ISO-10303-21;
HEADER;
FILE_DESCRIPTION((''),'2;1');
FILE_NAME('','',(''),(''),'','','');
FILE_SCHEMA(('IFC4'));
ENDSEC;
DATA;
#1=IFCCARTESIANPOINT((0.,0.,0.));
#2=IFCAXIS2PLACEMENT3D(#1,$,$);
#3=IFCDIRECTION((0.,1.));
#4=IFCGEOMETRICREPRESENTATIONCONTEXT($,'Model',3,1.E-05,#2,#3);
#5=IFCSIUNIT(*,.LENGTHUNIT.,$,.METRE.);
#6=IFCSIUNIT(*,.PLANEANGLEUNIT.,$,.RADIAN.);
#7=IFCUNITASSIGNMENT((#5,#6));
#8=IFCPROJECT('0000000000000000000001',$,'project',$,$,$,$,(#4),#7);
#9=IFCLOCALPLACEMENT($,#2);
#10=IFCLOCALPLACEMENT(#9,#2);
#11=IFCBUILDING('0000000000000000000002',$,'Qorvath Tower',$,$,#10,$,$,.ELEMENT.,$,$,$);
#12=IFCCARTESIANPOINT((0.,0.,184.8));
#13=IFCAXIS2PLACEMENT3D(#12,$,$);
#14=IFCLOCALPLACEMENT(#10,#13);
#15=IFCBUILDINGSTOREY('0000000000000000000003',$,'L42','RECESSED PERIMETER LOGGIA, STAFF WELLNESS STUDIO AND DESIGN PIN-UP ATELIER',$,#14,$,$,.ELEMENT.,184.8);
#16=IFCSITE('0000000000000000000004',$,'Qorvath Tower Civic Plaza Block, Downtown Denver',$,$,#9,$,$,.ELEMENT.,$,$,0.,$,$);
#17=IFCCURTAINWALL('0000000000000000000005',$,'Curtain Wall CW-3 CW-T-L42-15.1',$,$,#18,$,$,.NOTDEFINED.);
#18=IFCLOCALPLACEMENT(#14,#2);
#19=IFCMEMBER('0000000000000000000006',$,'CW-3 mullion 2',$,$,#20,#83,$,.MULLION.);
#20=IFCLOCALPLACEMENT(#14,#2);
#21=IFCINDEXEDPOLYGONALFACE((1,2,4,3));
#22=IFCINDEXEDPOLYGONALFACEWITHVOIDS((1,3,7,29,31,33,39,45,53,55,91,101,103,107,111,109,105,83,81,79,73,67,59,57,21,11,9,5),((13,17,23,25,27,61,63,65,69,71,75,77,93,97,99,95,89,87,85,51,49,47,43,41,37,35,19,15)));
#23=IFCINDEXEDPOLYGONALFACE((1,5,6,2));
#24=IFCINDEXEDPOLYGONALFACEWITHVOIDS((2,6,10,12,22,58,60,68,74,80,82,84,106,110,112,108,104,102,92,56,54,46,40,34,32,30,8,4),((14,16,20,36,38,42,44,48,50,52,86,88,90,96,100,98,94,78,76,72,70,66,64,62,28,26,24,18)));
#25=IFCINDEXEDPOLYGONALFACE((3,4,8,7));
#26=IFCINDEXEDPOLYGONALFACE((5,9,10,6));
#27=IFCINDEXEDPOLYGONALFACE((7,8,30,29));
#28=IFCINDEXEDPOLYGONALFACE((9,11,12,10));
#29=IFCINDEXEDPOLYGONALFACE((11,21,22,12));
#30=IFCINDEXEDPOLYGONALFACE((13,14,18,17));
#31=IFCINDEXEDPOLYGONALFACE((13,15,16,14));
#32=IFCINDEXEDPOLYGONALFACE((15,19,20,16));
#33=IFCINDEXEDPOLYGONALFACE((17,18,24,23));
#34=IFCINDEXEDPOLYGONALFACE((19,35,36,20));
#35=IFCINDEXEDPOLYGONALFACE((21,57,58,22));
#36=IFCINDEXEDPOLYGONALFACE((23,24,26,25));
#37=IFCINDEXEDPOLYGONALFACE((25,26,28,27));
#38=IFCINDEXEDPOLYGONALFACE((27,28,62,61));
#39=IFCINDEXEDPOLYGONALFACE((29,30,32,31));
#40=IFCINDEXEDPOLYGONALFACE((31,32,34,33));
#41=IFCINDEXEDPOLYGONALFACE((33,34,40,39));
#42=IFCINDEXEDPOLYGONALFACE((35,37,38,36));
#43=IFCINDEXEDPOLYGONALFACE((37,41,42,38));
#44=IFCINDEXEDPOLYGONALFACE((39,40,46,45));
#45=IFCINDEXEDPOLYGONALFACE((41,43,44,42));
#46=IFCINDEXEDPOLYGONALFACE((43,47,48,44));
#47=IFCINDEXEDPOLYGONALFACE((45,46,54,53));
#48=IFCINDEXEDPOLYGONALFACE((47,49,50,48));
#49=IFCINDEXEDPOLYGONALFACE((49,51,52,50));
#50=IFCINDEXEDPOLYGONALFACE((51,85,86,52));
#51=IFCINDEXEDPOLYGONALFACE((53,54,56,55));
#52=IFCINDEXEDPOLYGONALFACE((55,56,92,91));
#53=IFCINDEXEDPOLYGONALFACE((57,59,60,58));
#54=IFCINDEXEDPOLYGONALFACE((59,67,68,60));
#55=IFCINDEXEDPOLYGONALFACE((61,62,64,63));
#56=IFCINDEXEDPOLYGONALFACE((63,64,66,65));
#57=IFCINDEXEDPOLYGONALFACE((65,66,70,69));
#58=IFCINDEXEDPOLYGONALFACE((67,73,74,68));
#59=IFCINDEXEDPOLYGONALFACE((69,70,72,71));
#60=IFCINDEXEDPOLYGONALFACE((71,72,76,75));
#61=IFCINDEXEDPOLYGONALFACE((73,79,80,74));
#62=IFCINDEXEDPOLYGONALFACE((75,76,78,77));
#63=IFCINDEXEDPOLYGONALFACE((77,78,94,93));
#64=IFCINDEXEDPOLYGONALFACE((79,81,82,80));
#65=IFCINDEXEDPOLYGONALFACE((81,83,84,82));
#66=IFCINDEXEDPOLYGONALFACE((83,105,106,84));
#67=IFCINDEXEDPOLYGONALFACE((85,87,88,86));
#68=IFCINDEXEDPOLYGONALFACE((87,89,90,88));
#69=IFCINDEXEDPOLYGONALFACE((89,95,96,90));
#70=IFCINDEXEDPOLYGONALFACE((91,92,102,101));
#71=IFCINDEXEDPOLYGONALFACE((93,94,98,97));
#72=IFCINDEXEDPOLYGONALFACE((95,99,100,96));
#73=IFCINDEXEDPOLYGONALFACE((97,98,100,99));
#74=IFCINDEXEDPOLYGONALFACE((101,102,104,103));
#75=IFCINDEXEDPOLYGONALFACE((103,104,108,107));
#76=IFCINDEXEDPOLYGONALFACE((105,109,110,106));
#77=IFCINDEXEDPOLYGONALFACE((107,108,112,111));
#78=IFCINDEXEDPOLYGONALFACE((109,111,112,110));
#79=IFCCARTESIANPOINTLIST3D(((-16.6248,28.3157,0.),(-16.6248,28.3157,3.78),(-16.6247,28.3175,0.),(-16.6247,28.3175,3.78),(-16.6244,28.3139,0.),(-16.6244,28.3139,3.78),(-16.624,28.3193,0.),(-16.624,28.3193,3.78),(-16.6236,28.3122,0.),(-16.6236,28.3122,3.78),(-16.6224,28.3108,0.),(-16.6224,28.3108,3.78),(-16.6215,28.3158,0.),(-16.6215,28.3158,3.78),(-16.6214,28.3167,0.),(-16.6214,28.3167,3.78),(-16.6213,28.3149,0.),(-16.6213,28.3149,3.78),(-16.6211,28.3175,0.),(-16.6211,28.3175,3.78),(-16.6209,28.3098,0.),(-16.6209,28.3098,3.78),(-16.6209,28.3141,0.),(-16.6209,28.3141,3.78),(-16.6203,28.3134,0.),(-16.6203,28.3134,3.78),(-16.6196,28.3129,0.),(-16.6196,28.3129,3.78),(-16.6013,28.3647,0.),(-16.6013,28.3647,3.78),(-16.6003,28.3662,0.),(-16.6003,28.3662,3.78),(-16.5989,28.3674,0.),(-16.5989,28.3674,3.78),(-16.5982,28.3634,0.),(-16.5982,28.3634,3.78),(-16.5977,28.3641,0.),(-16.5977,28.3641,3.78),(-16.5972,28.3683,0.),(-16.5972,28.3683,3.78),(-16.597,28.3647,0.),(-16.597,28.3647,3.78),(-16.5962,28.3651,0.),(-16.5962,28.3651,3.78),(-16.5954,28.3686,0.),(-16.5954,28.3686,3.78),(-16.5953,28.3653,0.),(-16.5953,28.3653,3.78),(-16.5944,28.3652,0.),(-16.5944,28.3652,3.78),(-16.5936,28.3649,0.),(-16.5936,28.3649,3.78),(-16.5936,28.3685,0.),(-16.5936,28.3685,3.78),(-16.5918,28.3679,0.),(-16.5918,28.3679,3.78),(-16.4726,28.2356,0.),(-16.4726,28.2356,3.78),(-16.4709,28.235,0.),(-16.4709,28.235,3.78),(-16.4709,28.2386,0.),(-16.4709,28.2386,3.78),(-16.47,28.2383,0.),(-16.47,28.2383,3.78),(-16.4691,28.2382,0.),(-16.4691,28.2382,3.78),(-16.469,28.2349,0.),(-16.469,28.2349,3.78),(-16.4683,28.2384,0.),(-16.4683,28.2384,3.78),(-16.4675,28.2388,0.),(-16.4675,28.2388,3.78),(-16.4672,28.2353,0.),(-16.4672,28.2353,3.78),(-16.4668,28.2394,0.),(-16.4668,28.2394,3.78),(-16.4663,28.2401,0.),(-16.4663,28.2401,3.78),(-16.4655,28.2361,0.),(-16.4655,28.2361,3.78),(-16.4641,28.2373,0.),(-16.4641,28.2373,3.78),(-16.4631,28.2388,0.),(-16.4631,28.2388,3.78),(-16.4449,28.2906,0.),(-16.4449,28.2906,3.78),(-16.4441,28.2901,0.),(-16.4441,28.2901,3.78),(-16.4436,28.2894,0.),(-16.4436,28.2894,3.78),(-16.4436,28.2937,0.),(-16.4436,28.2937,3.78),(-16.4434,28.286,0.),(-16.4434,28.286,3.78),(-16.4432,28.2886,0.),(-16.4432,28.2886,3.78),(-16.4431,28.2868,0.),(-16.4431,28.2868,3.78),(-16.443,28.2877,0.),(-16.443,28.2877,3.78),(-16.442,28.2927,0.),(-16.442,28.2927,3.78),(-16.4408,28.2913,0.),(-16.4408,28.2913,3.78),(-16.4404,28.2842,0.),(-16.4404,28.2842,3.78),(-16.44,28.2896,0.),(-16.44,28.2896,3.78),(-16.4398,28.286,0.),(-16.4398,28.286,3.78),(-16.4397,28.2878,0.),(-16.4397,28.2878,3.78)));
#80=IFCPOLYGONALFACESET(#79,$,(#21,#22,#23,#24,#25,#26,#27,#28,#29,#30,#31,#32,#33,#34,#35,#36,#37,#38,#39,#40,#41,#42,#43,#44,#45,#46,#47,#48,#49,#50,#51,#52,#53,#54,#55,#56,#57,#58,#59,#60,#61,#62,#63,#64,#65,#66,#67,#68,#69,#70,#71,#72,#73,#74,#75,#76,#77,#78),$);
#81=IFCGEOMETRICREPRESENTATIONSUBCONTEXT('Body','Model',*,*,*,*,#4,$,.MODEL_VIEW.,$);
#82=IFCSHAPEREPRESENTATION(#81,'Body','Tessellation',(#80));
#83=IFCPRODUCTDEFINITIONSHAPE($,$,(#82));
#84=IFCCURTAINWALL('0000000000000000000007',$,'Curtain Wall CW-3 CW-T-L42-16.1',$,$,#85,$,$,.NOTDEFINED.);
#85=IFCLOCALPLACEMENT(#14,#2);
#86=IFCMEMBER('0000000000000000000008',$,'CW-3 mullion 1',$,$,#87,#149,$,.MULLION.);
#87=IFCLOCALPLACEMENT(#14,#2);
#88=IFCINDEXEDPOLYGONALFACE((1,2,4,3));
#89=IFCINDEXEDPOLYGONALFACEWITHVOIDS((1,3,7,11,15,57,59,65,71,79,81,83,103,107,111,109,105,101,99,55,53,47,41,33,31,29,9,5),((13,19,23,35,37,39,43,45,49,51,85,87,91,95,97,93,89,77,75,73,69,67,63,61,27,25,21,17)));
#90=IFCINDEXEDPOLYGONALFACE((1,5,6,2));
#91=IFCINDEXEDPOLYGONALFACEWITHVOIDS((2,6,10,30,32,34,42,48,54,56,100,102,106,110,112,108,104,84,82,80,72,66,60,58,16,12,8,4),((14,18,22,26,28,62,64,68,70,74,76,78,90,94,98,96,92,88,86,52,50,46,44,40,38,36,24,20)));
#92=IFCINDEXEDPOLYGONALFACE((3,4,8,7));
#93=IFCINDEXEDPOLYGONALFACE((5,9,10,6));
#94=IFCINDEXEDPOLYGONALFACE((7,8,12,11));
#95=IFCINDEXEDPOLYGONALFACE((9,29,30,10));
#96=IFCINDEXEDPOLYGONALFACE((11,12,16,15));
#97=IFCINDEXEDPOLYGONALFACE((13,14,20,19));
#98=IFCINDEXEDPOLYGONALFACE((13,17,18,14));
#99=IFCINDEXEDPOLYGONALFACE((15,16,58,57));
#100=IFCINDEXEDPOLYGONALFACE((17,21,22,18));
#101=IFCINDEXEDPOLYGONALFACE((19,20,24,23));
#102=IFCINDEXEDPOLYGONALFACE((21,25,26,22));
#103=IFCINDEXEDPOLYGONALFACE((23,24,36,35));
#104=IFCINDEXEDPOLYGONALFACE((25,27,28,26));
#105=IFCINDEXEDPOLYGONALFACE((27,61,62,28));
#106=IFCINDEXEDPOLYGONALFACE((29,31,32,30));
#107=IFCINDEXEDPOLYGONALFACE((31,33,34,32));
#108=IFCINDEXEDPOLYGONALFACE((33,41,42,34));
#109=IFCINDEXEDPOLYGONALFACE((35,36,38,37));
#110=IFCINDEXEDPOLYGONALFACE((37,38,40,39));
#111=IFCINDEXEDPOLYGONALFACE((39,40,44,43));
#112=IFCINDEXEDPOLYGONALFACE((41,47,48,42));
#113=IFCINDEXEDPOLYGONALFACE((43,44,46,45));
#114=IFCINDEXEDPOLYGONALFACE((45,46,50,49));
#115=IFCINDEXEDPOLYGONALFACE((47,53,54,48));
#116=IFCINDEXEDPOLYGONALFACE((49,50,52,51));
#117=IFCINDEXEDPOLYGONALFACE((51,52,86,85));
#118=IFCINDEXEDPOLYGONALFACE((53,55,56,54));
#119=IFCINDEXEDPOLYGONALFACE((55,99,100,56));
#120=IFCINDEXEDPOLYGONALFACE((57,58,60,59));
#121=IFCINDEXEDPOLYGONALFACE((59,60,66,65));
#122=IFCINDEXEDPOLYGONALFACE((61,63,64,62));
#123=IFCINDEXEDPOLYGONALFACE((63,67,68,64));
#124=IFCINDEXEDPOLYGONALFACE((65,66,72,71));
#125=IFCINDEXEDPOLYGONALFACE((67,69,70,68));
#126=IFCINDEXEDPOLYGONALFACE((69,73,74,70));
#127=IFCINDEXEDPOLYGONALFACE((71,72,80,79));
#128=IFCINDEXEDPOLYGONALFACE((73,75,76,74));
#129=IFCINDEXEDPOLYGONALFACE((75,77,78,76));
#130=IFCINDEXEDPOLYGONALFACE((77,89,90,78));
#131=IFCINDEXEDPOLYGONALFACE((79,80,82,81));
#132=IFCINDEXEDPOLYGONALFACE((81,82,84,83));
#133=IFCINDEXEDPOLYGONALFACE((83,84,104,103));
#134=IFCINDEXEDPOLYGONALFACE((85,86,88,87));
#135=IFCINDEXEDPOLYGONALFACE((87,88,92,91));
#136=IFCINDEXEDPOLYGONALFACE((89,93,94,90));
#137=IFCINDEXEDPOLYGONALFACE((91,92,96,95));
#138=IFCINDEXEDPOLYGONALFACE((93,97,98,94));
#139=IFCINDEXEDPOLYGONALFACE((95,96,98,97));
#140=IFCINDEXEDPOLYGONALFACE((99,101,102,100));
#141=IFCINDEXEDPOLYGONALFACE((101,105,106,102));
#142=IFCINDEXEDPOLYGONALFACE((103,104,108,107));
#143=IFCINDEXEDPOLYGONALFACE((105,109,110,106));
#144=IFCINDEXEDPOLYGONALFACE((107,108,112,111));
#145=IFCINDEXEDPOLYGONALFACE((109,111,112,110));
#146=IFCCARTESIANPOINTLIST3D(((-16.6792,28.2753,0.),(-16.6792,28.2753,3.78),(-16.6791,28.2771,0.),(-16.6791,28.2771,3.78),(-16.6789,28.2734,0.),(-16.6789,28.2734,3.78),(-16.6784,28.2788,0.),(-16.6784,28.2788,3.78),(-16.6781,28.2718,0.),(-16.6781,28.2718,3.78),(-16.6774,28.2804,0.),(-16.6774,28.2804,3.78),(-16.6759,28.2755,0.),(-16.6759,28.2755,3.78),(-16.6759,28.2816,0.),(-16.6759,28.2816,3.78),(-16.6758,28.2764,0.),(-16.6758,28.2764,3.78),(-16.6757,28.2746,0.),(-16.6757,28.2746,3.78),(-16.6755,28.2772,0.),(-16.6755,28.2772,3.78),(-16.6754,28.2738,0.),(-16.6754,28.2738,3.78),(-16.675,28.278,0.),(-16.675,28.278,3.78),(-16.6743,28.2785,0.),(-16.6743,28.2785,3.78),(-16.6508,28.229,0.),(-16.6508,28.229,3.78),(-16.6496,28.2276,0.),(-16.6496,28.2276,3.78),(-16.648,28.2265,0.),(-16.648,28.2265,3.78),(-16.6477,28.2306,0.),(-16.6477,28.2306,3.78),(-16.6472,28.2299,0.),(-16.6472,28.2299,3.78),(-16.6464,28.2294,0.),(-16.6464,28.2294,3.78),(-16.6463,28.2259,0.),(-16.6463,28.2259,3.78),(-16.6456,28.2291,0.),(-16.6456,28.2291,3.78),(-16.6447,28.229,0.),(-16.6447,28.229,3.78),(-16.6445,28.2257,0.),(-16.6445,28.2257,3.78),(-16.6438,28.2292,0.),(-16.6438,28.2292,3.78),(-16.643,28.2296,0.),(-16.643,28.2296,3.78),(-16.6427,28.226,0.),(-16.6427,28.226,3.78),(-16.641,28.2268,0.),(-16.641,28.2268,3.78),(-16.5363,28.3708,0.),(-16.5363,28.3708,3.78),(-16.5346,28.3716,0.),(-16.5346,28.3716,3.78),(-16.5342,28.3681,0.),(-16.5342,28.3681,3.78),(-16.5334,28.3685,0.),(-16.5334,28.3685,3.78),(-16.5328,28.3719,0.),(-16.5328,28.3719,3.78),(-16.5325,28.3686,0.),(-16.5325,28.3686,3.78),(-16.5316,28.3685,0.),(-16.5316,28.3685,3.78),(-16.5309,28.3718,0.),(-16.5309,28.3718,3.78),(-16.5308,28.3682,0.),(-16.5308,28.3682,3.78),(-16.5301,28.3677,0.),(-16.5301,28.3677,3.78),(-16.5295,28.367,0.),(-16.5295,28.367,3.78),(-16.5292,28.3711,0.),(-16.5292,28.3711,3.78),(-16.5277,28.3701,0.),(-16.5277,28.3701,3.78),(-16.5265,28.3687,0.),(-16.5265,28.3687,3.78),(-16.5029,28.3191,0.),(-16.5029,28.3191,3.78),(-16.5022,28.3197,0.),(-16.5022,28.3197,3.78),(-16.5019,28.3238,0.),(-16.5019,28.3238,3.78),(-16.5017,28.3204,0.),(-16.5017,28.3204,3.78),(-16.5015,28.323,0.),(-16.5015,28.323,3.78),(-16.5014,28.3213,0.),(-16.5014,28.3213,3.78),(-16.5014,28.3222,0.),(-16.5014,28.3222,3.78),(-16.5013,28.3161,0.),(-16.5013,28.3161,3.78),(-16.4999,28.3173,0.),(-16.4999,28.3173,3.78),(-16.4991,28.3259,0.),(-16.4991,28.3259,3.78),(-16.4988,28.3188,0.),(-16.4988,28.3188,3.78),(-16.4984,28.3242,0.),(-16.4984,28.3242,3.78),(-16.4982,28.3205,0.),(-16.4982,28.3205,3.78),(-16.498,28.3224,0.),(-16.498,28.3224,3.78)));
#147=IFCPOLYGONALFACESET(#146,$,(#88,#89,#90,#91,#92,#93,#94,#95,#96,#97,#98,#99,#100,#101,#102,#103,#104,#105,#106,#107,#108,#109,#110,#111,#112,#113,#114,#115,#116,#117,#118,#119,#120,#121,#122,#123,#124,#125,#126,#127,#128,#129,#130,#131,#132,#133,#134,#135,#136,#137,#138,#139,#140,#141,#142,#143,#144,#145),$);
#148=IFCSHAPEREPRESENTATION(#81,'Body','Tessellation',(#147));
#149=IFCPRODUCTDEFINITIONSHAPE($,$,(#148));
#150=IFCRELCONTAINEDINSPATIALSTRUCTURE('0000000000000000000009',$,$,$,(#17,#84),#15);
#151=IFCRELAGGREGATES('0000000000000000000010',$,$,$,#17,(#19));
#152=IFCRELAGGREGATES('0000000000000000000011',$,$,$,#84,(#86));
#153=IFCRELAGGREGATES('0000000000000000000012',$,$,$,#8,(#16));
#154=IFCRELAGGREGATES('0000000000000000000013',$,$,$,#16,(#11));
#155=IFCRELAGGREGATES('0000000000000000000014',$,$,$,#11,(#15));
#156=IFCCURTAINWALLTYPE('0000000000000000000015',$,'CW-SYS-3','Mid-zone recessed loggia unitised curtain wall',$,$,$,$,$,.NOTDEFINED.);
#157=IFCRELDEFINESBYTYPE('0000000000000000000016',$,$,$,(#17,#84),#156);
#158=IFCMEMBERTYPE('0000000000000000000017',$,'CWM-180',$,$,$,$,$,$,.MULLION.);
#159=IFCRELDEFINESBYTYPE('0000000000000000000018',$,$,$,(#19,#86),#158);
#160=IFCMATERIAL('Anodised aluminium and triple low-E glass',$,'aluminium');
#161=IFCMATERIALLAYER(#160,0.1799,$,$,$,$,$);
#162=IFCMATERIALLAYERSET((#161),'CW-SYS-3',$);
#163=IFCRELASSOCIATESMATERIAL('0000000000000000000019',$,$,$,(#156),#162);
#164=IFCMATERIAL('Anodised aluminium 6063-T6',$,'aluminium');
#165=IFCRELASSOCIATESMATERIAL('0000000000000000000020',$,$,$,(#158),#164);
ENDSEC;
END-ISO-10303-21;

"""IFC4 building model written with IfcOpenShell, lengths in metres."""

from ifc_helpers import new_model, si_unit, direction, frame, origin, origin_2d, place, context, subcontext, project, spatial, hollow_rectangle, extrude, material, layer, layer_set, material_profile, profile_set, type_object, element, aggregate, save


model = new_model("IFC4")

# Units and contexts
model_context = context("Model", 3, precision=1e-05, world=origin(), true_north=direction((0.0, 1.0)))
body_context = subcontext(model_context, "Body", "Model", "MODEL_VIEW")
ifc_project = project(units=[si_unit("LENGTHUNIT", "METRE"), si_unit("PLANEANGLEUNIT", "RADIAN")], contexts=[model_context])

# Site, building, storey
site_placement = place(None, origin())
site = spatial("IfcSite", under=ifc_project, at=site_placement, Name="Qorvath Tower Civic Plaza Block, Downtown Denver", CompositionType="ELEMENT", RefElevation=0.0)
building_placement = place(site_placement, origin())
building = spatial("IfcBuilding", under=site, at=building_placement, Name="Qorvath Tower", CompositionType="ELEMENT")
storey_placement = place(building_placement, frame((0.0, 0.0, 184.8)))
storey = spatial("IfcBuildingStorey", under=building, at=storey_placement, Name="L42", Description="RECESSED PERIMETER LOGGIA, STAFF WELLNESS STUDIO AND DESIGN PIN-UP ATELIER", CompositionType="ELEMENT", Elevation=184.8)

# Shared definitions
ifc_material_1 = material(Name="Anodised aluminium and triple low-E glass", Category="aluminium")
ifc_layer_1 = layer(ifc_material_1, 0.1799)
ifc_layer_set_1 = layer_set([ifc_layer_1], Name="CW-SYS-3")
curtain_wall_type = type_object("IfcCurtainWallType", Name="CW-SYS-3", Description="Mid-zone recessed loggia unitised curtain wall", PredefinedType="NOTDEFINED", material=ifc_layer_set_1)
ifc_material_2 = material(Name="Anodised aluminium 6063-T6", Category="aluminium")
ifc_material_profile_1 = material_profile(ifc_material_2, hollow_rectangle(XDim=0.0649, YDim=0.1799, WallThickness=0.0034, InnerFilletRadius=0.0034, OuterFilletRadius=0.0071, at=origin_2d()), Name="CWM 180x65")
ifc_profile_set_1 = profile_set([ifc_material_profile_1], Name="Anodised aluminium 6063-T6")
member_type_1 = type_object("IfcMemberType", Name="CWM-180", PredefinedType="MULLION", material=ifc_profile_set_1)

# Curtain wall, member
curtain_wall_1_placement = place(storey_placement, origin())
curtain_wall_1 = element("IfcCurtainWall", 1, at=curtain_wall_1_placement, inside=storey, type_object=curtain_wall_type, Name="Curtain Wall CW-3 CW-T-L42-15.1", PredefinedType="NOTDEFINED")
member_1_placement = place(storey_placement, frame((-16.5322, 28.3018, 0.0), z_axis=(0.0, 0.0, 1.0), x_axis=(-0.447196, -0.894436, 0.0)))
member_1 = element("IfcMember", 2, at=member_1_placement, type_object=member_type_1, Name="CW-3 mullion 2", PredefinedType="MULLION", context=body_context, shape_type="SweptSolid", body=[
    extrude(hollow_rectangle(XDim=0.0649, YDim=0.1799, WallThickness=0.0034, InnerFilletRadius=0.0034, OuterFilletRadius=0.0071, at=origin_2d()), origin(), (0.0, 0.0, 1.0), 3.78),
])

# Curtain wall, member
curtain_wall_2_placement = place(storey_placement, origin())
curtain_wall_2 = element("IfcCurtainWall", 3, at=curtain_wall_2_placement, inside=storey, type_object=curtain_wall_type, Name="Curtain Wall CW-3 CW-T-L42-16.1", PredefinedType="NOTDEFINED")
member_2_placement = place(storey_placement, frame((-16.5886, 28.2988, 0.0), z_axis=(0.0, 0.0, 1.0), x_axis=(0.538531, -0.842606, 0.0)))
member_2 = element("IfcMember", 4, at=member_2_placement, type_object=member_type_1, Name="CW-3 mullion 1", PredefinedType="MULLION", context=body_context, shape_type="SweptSolid", body=[
    extrude(hollow_rectangle(XDim=0.0649, YDim=0.1799, WallThickness=0.0034, InnerFilletRadius=0.0034, OuterFilletRadius=0.0071, at=origin_2d()), origin(), (0.0, 0.0, 1.0), 3.78),
])

aggregate(curtain_wall_1, [member_1])
aggregate(curtain_wall_2, [member_2])

save(model, "model.ifc")
